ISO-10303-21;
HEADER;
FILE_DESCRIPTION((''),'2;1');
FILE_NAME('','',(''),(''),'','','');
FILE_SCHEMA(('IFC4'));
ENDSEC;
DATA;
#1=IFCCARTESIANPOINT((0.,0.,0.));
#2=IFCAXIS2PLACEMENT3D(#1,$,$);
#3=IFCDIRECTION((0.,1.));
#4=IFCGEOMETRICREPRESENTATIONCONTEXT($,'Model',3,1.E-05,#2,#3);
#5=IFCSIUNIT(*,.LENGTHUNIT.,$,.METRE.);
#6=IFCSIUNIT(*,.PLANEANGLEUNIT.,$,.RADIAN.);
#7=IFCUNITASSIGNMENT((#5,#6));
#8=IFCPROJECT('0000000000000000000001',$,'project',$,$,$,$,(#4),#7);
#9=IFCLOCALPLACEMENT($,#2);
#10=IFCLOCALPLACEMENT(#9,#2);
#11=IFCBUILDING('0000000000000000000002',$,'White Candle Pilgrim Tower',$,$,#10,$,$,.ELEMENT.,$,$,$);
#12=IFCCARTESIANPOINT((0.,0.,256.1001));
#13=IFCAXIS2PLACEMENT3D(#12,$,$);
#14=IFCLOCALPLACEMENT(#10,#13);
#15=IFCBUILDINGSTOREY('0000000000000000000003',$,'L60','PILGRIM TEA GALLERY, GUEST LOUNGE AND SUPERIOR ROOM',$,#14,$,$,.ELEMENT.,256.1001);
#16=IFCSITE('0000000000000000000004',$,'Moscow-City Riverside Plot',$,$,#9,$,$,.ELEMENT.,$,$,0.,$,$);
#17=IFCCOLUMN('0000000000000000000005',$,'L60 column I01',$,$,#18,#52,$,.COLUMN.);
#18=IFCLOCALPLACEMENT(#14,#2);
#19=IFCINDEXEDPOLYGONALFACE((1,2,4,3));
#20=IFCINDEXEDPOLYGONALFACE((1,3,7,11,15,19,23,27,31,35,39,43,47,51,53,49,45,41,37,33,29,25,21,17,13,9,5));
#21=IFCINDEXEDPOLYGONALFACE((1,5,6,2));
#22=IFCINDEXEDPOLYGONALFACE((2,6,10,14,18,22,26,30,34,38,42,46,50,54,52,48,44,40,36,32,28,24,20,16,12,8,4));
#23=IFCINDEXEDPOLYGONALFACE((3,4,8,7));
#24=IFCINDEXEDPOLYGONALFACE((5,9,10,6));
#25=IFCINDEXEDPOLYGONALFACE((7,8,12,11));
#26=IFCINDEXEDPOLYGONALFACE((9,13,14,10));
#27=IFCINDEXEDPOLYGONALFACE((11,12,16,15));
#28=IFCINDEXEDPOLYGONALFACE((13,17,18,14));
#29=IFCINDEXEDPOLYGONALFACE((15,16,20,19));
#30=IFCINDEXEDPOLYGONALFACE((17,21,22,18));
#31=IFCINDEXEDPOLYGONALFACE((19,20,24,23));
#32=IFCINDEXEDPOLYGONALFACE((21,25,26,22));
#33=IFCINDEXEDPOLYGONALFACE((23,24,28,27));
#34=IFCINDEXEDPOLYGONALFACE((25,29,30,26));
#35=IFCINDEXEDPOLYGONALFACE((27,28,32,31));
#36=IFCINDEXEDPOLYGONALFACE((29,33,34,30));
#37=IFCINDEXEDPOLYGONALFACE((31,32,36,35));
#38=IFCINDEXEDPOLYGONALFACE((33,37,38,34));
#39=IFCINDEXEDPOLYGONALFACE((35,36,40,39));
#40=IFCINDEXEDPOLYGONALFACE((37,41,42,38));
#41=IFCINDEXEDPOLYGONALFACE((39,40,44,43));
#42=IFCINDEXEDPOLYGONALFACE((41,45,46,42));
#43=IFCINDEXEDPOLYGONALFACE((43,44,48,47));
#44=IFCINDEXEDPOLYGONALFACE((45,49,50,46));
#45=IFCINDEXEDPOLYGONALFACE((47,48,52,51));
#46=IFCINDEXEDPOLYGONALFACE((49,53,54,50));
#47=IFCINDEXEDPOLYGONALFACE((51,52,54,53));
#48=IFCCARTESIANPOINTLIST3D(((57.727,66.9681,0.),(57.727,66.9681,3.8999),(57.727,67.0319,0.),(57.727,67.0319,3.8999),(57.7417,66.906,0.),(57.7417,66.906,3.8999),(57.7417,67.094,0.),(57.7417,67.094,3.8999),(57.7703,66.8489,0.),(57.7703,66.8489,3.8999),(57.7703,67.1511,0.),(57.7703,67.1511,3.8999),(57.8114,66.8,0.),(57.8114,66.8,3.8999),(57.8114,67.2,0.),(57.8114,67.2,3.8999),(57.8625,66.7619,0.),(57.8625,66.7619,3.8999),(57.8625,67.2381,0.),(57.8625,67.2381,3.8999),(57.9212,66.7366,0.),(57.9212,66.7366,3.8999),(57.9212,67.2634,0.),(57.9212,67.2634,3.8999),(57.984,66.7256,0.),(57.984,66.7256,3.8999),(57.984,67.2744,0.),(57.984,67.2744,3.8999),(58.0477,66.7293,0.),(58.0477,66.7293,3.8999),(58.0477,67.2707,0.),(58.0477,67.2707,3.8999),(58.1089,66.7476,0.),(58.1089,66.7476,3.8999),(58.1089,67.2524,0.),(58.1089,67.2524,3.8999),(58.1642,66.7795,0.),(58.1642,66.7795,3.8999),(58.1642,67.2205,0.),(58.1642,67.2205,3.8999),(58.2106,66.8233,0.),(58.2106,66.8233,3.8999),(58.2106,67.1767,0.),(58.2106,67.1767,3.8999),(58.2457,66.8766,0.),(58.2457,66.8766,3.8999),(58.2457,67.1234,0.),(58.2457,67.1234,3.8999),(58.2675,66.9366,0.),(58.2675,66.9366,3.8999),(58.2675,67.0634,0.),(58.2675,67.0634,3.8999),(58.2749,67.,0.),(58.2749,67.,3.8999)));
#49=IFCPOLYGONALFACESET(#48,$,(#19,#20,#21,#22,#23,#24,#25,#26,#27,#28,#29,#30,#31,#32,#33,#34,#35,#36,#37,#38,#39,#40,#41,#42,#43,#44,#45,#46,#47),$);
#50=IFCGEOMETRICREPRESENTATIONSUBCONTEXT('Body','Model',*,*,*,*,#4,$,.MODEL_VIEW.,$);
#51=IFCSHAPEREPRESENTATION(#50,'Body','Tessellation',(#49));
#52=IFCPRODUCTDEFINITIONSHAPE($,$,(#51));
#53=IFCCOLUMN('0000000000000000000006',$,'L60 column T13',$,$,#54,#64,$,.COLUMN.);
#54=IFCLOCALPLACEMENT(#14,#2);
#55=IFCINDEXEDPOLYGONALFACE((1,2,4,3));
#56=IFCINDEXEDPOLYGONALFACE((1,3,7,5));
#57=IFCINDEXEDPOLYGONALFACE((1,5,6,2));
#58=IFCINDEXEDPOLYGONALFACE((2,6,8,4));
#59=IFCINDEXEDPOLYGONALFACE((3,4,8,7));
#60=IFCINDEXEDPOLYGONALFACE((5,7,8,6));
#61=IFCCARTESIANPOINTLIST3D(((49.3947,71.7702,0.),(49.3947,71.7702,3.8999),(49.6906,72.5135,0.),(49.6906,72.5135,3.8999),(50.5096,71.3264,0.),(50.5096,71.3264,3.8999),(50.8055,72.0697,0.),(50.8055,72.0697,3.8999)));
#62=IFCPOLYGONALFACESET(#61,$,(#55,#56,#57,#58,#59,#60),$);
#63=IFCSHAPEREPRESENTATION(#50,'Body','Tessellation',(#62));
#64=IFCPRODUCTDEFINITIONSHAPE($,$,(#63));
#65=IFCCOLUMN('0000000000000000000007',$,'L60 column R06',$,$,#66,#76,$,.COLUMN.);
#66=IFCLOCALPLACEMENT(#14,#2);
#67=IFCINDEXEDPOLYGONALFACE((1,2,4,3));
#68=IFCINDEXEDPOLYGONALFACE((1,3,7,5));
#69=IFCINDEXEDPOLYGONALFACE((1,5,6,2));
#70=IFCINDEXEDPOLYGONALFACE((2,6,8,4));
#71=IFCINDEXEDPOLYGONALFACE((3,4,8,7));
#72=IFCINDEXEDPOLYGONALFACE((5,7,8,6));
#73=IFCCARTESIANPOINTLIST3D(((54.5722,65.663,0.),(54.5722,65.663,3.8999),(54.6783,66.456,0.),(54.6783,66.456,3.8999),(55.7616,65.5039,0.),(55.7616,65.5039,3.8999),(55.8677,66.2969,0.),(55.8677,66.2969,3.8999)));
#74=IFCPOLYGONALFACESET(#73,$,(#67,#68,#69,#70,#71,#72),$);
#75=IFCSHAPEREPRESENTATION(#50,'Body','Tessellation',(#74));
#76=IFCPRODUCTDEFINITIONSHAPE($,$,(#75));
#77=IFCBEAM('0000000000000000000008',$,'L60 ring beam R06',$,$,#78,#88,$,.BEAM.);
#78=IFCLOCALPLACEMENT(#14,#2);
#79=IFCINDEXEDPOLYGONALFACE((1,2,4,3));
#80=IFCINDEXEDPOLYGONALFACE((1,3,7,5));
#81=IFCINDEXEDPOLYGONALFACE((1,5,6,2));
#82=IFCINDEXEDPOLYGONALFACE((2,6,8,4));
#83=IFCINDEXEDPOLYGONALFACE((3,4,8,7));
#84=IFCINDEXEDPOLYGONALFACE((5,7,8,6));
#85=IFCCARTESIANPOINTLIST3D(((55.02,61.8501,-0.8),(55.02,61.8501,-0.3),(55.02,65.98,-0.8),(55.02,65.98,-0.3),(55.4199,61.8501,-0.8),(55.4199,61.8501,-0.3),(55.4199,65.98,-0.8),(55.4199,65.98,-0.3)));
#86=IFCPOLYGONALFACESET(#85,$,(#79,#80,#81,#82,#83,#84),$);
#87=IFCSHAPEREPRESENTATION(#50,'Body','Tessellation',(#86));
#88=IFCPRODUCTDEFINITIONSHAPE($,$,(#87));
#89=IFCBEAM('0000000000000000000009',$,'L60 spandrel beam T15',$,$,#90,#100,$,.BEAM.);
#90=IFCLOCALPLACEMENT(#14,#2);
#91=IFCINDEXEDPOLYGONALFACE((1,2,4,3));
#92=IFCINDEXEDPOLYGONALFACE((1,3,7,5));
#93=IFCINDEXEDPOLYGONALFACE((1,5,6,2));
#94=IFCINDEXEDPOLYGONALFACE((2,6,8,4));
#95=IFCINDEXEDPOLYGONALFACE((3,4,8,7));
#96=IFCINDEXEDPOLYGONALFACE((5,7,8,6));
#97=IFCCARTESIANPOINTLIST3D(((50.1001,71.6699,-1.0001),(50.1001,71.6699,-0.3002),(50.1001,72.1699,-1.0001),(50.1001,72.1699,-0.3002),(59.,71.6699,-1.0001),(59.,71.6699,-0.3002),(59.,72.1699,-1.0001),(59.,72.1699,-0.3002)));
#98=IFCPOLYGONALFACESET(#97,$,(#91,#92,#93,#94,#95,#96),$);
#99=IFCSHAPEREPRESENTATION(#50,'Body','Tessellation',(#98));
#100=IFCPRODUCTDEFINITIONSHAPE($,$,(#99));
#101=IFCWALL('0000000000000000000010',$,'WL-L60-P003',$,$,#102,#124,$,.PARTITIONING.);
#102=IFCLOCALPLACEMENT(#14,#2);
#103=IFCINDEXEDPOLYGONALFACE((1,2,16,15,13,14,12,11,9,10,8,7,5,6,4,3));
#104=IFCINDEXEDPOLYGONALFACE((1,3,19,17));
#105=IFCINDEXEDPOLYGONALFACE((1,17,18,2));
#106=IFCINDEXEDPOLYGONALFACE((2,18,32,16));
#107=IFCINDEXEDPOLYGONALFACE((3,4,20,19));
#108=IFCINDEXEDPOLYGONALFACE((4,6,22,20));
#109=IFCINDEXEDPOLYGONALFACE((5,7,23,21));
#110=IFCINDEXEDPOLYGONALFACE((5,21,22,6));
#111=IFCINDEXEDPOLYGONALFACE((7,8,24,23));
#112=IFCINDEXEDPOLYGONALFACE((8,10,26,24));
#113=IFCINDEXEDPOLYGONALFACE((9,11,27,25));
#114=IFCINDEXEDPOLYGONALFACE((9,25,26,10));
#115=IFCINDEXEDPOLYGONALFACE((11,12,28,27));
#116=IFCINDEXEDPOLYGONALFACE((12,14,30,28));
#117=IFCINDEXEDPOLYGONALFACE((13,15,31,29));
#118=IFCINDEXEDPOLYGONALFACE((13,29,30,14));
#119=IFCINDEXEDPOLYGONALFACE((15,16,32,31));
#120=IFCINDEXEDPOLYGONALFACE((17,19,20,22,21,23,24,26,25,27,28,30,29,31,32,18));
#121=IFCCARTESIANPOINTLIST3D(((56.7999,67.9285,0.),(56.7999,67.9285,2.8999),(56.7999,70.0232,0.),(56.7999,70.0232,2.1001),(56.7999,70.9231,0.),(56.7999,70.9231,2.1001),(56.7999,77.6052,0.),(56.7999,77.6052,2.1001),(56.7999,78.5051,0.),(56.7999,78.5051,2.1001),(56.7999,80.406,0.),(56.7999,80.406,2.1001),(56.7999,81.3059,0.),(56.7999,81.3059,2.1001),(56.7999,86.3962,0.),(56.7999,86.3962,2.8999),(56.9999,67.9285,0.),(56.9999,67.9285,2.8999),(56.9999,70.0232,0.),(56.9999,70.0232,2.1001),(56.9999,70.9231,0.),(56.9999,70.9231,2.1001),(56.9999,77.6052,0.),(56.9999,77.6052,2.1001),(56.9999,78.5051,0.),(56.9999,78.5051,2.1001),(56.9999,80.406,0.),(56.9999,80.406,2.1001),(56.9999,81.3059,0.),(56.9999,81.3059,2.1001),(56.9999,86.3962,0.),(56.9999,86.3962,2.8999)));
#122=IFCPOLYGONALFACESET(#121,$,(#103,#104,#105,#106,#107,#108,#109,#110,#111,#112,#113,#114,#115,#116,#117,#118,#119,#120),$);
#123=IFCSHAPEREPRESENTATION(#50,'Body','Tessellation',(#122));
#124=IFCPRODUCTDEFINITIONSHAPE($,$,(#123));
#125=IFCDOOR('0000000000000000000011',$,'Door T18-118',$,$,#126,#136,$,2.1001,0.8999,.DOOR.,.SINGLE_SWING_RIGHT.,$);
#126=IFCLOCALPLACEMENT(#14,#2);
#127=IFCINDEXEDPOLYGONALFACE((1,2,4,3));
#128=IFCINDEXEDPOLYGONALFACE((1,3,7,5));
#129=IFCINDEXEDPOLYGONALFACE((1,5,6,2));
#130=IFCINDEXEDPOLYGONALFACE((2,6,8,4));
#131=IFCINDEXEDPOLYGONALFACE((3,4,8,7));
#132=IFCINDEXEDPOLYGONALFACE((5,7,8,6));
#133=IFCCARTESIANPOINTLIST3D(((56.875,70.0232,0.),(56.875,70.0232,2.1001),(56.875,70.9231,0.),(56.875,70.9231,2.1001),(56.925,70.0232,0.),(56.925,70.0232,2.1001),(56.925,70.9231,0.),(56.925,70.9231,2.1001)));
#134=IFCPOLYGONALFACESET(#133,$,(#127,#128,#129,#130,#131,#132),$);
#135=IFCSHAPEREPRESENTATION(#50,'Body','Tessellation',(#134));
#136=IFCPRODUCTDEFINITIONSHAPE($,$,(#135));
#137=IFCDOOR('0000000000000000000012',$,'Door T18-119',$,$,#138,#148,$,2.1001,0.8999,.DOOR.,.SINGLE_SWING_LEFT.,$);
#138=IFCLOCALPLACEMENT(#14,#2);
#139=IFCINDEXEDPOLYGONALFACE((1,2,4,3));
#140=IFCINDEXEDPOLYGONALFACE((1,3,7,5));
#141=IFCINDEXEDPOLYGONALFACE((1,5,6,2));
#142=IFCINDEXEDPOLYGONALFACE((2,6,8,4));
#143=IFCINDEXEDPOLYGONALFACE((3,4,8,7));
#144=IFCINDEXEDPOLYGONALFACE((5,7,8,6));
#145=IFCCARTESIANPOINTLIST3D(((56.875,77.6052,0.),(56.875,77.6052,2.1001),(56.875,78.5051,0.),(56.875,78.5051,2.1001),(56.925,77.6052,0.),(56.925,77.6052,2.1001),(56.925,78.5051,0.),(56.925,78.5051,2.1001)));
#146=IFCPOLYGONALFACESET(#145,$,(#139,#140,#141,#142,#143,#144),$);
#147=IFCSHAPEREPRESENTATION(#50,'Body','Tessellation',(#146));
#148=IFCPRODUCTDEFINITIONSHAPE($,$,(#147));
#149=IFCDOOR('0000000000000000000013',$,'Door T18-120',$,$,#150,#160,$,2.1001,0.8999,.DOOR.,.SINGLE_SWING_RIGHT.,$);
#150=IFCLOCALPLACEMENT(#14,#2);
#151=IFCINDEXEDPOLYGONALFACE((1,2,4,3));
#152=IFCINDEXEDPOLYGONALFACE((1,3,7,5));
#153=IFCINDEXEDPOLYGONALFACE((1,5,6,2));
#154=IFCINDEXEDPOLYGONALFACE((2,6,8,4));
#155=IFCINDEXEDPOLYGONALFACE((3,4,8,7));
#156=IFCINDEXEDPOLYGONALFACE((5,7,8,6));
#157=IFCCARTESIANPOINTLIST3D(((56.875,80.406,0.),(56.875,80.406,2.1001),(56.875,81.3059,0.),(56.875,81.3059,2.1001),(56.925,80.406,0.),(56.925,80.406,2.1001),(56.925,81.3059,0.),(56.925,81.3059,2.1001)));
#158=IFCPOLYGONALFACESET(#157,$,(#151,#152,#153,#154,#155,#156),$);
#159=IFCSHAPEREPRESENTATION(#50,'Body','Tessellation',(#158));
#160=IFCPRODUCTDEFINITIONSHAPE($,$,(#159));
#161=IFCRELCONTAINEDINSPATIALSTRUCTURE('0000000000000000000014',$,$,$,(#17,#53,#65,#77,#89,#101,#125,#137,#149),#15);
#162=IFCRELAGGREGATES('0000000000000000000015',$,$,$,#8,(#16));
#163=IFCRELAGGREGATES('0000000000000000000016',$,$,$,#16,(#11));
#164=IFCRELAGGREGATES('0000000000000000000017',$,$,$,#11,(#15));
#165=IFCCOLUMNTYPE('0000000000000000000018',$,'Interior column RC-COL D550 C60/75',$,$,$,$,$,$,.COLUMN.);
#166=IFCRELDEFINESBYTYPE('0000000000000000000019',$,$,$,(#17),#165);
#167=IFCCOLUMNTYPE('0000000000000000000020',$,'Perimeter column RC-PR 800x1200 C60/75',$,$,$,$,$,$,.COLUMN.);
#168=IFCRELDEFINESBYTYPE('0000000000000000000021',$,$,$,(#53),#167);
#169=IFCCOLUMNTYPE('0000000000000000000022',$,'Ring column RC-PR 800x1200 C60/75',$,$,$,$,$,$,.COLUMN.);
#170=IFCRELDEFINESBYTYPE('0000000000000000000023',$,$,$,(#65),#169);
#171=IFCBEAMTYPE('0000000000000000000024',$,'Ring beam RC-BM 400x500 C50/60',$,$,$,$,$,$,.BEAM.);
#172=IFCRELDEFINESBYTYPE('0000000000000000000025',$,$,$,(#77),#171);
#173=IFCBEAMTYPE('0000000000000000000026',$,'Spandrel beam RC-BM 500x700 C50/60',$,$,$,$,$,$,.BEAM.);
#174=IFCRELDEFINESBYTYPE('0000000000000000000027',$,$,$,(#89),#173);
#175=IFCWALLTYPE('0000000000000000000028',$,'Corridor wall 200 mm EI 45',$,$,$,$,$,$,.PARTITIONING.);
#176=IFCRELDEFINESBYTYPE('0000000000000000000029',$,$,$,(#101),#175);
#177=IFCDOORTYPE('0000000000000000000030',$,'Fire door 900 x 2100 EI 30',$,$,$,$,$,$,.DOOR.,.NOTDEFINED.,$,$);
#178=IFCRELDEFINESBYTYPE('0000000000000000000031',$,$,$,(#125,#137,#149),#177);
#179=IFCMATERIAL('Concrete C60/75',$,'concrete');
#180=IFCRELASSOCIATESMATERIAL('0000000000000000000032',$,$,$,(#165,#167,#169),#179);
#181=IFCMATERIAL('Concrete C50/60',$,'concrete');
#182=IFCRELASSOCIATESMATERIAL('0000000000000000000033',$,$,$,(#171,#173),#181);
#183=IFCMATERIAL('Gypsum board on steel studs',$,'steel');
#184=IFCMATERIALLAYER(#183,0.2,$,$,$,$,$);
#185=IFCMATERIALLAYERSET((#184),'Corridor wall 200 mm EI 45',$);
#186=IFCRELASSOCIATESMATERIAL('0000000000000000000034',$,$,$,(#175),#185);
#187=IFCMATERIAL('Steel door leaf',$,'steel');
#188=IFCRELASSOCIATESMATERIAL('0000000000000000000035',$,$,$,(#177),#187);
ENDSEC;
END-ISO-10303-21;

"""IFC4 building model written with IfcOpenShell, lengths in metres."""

from ifc_helpers import new_model, si_unit, direction, frame, frame_2d, origin, origin_2d, place, context, subcontext, project, spatial, rectangle, circle, extrude, material, layer, layer_set, material_profile, profile_set, type_object, element, fill, save


model = new_model("IFC4")

# Units and contexts
model_context = context("Model", 3, precision=1e-05, world=origin(), true_north=direction((0.0, 1.0)))
body_context = subcontext(model_context, "Body", "Model", "MODEL_VIEW")
ifc_project = project(units=[si_unit("LENGTHUNIT", "METRE"), si_unit("PLANEANGLEUNIT", "RADIAN")], contexts=[model_context])

# Site, building, storey
site_placement = place(None, origin())
site = spatial("IfcSite", under=ifc_project, at=site_placement, Name="Moscow-City Riverside Plot", CompositionType="ELEMENT", RefElevation=0.0)
building_placement = place(site_placement, origin())
building = spatial("IfcBuilding", under=site, at=building_placement, Name="White Candle Pilgrim Tower", CompositionType="ELEMENT")
storey_placement = place(building_placement, frame((0.0, 0.0, 256.1001)))
storey = spatial("IfcBuildingStorey", under=building, at=storey_placement, Name="L60", Description="PILGRIM TEA GALLERY, GUEST LOUNGE AND SUPERIOR ROOM", CompositionType="ELEMENT", Elevation=256.1001)

# Columns
ifc_material_1 = material(Name="Concrete C60/75", Category="concrete")
ifc_material_profile_1 = material_profile(ifc_material_1, circle(Radius=0.2749, at=origin_2d()), Name="RC-COL D550")
ifc_profile_set_1 = profile_set([ifc_material_profile_1], Name="Concrete C60/75")
column_type_1 = type_object("IfcColumnType", Name="Interior column RC-COL D550 C60/75", PredefinedType="COLUMN", material=ifc_profile_set_1)
column_1_placement = place(storey_placement, frame((58.0, 67.0, 0.0), z_axis=(0.0, 0.0, 1.0), x_axis=(1.0, 0.0, 0.0)))
element("IfcColumn", 1, at=column_1_placement, inside=storey, type_object=column_type_1, Name="L60 column I01", PredefinedType="COLUMN", context=body_context, shape_type="SweptSolid", body=[
    extrude(circle(Radius=0.2749, at=origin_2d()), origin(), (0.0, 0.0, 1.0), 3.8999),
])
ifc_material_profile_2 = material_profile(ifc_material_1, rectangle(XDim=0.8, YDim=1.2, at=origin_2d()), Name="RC-PR 800x1200")
ifc_profile_set_2 = profile_set([ifc_material_profile_2], Name="Concrete C60/75")
column_type_2 = type_object("IfcColumnType", Name="Perimeter column RC-PR 800x1200 C60/75", PredefinedType="COLUMN", material=ifc_profile_set_2)
column_2_placement = place(storey_placement, frame((50.1001, 71.9199, 0.0), z_axis=(0.0, 0.0, 1.0), x_axis=(0.36986, 0.929087, 0.0)))
element("IfcColumn", 2, at=column_2_placement, inside=storey, type_object=column_type_2, Name="L60 column T13", PredefinedType="COLUMN", context=body_context, shape_type="SweptSolid", body=[
    extrude(rectangle(XDim=0.8, YDim=1.2, at=origin_2d()), origin(), (0.0, 0.0, 1.0), 3.8999),
])
ifc_material_profile_3 = material_profile(ifc_material_1, rectangle(XDim=0.8, YDim=1.2, at=origin_2d()), Name="RC-PR 800x1200")
ifc_profile_set_3 = profile_set([ifc_material_profile_3], Name="Concrete C60/75")
column_type_3 = type_object("IfcColumnType", Name="Ring column RC-PR 800x1200 C60/75", PredefinedType="COLUMN", material=ifc_profile_set_3)
column_3_placement = place(storey_placement, frame((55.22, 65.98, 0.0), z_axis=(0.0, 0.0, 1.0), x_axis=(0.132602, 0.991169, 0.0)))
element("IfcColumn", 3, at=column_3_placement, inside=storey, type_object=column_type_3, Name="L60 column R06", PredefinedType="COLUMN", context=body_context, shape_type="SweptSolid", body=[
    extrude(rectangle(XDim=0.8, YDim=1.2, at=origin_2d()), origin(), (0.0, 0.0, 1.0), 3.8999),
])

# Beams
ifc_material_2 = material(Name="Concrete C50/60", Category="concrete")
ifc_material_profile_4 = material_profile(ifc_material_2, rectangle(XDim=0.3999, YDim=0.5, at=origin_2d()), Name="RC-BM 400x500")
ifc_profile_set_4 = profile_set([ifc_material_profile_4], Name="Concrete C50/60")
beam_type_1 = type_object("IfcBeamType", Name="Ring beam RC-BM 400x500 C50/60", PredefinedType="BEAM", material=ifc_profile_set_4)
beam_1_placement = place(storey_placement, frame((55.22, 65.98, -0.55), z_axis=(0.0, -1.0, 0.0), x_axis=(1.0, 0.0, 0.0)))
element("IfcBeam", 4, at=beam_1_placement, inside=storey, type_object=beam_type_1, Name="L60 ring beam R06", PredefinedType="BEAM", context=body_context, shape_type="SweptSolid", body=[
    extrude(rectangle(XDim=0.3999, YDim=0.5, at=origin_2d()), origin(), (0.0, 0.0, 1.0), 4.1299),
])
ifc_material_profile_5 = material_profile(ifc_material_2, rectangle(XDim=0.5, YDim=0.7, at=origin_2d()), Name="RC-BM 500x700")
ifc_profile_set_5 = profile_set([ifc_material_profile_5], Name="Concrete C50/60")
beam_type_2 = type_object("IfcBeamType", Name="Spandrel beam RC-BM 500x700 C50/60", PredefinedType="BEAM", material=ifc_profile_set_5)
beam_2_placement = place(storey_placement, frame((50.1001, 71.9199, -0.6501), z_axis=(1.0, 0.0, 0.0), x_axis=(0.0, 1.0, 0.0)))
element("IfcBeam", 5, at=beam_2_placement, inside=storey, type_object=beam_type_2, Name="L60 spandrel beam T15", PredefinedType="BEAM", context=body_context, shape_type="SweptSolid", body=[
    extrude(rectangle(XDim=0.5, YDim=0.7, at=origin_2d()), origin(), (0.0, 0.0, 1.0), 8.8999),
])

# Wall, openings, doors
ifc_material_3 = material(Name="Gypsum board on steel studs", Category="steel")
ifc_layer_1 = layer(ifc_material_3, 0.2)
ifc_layer_set_1 = layer_set([ifc_layer_1], Name="Corridor wall 200 mm EI 45")
wall_type_1 = type_object("IfcWallType", Name="Corridor wall 200 mm EI 45", PredefinedType="PARTITIONING", material=ifc_layer_set_1)
wall_1_placement = place(storey_placement, frame((56.8999, 67.9285, 0.0), z_axis=(0.0, 0.0, 1.0), x_axis=(0.0, 1.0, 0.0)))
wall_1 = element("IfcWall", 6, at=wall_1_placement, inside=storey, type_object=wall_type_1, Name="WL-L60-P003", PredefinedType="PARTITIONING", context=body_context, shape_type="SweptSolid", body=[
    extrude(rectangle(XDim=18.4678, YDim=0.2, at=frame_2d((9.2339, 0.0))), origin(), (0.0, 0.0, 1.0), 2.8999),
])
opening_1_placement = place(wall_1_placement, frame((2.0947, 0.0, 0.0)))
opening_1 = element("IfcOpeningElement", 7, at=opening_1_placement, cuts=wall_1, PredefinedType="OPENING", context=body_context, shape_type="SweptSolid", body=[
    extrude(rectangle(XDim=0.8999, YDim=2.1001, at=frame_2d((0.45, 1.05))), frame((0.0, 0.1099, 0.0), z_axis=(0.0, -1.0, 0.0), x_axis=(1.0, 0.0, 0.0)), (0.0, 0.0, 1.0), 0.22),
])
opening_2_placement = place(wall_1_placement, frame((9.6768, 0.0, 0.0)))
opening_2 = element("IfcOpeningElement", 8, at=opening_2_placement, cuts=wall_1, PredefinedType="OPENING", context=body_context, shape_type="SweptSolid", body=[
    extrude(rectangle(XDim=0.8999, YDim=2.1001, at=frame_2d((0.45, 1.05))), frame((0.0, 0.1099, 0.0), z_axis=(0.0, -1.0, 0.0), x_axis=(1.0, 0.0, 0.0)), (0.0, 0.0, 1.0), 0.22),
])
opening_3_placement = place(wall_1_placement, frame((12.4775, 0.0, 0.0)))
opening_3 = element("IfcOpeningElement", 9, at=opening_3_placement, cuts=wall_1, PredefinedType="OPENING", context=body_context, shape_type="SweptSolid", body=[
    extrude(rectangle(XDim=0.8999, YDim=2.1001, at=frame_2d((0.45, 1.05))), frame((0.0, 0.1099, 0.0), z_axis=(0.0, -1.0, 0.0), x_axis=(1.0, 0.0, 0.0)), (0.0, 0.0, 1.0), 0.22),
])
ifc_material_4 = material(Name="Steel door leaf", Category="steel")
door_type_1 = type_object("IfcDoorType", Name="Fire door 900 x 2100 EI 30", OperationType="NOTDEFINED", PredefinedType="DOOR", material=ifc_material_4)
door_1_placement = place(opening_1_placement, origin())
door_1 = element("IfcDoor", 10, at=door_1_placement, inside=storey, type_object=door_type_1, Name="Door T18-118", OperationType="SINGLE_SWING_RIGHT", OverallHeight=2.1001, OverallWidth=0.8999, PredefinedType="DOOR", context=body_context, shape_type="SweptSolid", body=[
    extrude(rectangle(XDim=0.8999, YDim=2.1001, at=frame_2d((0.45, 1.05))), frame((0.0, 0.0249, 0.0), z_axis=(0.0, -1.0, 0.0), x_axis=(1.0, 0.0, 0.0)), (0.0, 0.0, 1.0), 0.05),
])
fill(opening_1, door_1)
door_2_placement = place(opening_2_placement, origin())
door_2 = element("IfcDoor", 11, at=door_2_placement, inside=storey, type_object=door_type_1, Name="Door T18-119", OperationType="SINGLE_SWING_LEFT", OverallHeight=2.1001, OverallWidth=0.8999, PredefinedType="DOOR", context=body_context, shape_type="SweptSolid", body=[
    extrude(rectangle(XDim=0.8999, YDim=2.1001, at=frame_2d((0.45, 1.05))), frame((0.0, 0.0249, 0.0), z_axis=(0.0, -1.0, 0.0), x_axis=(1.0, 0.0, 0.0)), (0.0, 0.0, 1.0), 0.05),
])
fill(opening_2, door_2)
door_3_placement = place(opening_3_placement, origin())
door_3 = element("IfcDoor", 12, at=door_3_placement, inside=storey, type_object=door_type_1, Name="Door T18-120", OperationType="SINGLE_SWING_RIGHT", OverallHeight=2.1001, OverallWidth=0.8999, PredefinedType="DOOR", context=body_context, shape_type="SweptSolid", body=[
    extrude(rectangle(XDim=0.8999, YDim=2.1001, at=frame_2d((0.45, 1.05))), frame((0.0, 0.0249, 0.0), z_axis=(0.0, -1.0, 0.0), x_axis=(1.0, 0.0, 0.0)), (0.0, 0.0, 1.0), 0.05),
])
fill(opening_3, door_3)

save(model, "model.ifc")
